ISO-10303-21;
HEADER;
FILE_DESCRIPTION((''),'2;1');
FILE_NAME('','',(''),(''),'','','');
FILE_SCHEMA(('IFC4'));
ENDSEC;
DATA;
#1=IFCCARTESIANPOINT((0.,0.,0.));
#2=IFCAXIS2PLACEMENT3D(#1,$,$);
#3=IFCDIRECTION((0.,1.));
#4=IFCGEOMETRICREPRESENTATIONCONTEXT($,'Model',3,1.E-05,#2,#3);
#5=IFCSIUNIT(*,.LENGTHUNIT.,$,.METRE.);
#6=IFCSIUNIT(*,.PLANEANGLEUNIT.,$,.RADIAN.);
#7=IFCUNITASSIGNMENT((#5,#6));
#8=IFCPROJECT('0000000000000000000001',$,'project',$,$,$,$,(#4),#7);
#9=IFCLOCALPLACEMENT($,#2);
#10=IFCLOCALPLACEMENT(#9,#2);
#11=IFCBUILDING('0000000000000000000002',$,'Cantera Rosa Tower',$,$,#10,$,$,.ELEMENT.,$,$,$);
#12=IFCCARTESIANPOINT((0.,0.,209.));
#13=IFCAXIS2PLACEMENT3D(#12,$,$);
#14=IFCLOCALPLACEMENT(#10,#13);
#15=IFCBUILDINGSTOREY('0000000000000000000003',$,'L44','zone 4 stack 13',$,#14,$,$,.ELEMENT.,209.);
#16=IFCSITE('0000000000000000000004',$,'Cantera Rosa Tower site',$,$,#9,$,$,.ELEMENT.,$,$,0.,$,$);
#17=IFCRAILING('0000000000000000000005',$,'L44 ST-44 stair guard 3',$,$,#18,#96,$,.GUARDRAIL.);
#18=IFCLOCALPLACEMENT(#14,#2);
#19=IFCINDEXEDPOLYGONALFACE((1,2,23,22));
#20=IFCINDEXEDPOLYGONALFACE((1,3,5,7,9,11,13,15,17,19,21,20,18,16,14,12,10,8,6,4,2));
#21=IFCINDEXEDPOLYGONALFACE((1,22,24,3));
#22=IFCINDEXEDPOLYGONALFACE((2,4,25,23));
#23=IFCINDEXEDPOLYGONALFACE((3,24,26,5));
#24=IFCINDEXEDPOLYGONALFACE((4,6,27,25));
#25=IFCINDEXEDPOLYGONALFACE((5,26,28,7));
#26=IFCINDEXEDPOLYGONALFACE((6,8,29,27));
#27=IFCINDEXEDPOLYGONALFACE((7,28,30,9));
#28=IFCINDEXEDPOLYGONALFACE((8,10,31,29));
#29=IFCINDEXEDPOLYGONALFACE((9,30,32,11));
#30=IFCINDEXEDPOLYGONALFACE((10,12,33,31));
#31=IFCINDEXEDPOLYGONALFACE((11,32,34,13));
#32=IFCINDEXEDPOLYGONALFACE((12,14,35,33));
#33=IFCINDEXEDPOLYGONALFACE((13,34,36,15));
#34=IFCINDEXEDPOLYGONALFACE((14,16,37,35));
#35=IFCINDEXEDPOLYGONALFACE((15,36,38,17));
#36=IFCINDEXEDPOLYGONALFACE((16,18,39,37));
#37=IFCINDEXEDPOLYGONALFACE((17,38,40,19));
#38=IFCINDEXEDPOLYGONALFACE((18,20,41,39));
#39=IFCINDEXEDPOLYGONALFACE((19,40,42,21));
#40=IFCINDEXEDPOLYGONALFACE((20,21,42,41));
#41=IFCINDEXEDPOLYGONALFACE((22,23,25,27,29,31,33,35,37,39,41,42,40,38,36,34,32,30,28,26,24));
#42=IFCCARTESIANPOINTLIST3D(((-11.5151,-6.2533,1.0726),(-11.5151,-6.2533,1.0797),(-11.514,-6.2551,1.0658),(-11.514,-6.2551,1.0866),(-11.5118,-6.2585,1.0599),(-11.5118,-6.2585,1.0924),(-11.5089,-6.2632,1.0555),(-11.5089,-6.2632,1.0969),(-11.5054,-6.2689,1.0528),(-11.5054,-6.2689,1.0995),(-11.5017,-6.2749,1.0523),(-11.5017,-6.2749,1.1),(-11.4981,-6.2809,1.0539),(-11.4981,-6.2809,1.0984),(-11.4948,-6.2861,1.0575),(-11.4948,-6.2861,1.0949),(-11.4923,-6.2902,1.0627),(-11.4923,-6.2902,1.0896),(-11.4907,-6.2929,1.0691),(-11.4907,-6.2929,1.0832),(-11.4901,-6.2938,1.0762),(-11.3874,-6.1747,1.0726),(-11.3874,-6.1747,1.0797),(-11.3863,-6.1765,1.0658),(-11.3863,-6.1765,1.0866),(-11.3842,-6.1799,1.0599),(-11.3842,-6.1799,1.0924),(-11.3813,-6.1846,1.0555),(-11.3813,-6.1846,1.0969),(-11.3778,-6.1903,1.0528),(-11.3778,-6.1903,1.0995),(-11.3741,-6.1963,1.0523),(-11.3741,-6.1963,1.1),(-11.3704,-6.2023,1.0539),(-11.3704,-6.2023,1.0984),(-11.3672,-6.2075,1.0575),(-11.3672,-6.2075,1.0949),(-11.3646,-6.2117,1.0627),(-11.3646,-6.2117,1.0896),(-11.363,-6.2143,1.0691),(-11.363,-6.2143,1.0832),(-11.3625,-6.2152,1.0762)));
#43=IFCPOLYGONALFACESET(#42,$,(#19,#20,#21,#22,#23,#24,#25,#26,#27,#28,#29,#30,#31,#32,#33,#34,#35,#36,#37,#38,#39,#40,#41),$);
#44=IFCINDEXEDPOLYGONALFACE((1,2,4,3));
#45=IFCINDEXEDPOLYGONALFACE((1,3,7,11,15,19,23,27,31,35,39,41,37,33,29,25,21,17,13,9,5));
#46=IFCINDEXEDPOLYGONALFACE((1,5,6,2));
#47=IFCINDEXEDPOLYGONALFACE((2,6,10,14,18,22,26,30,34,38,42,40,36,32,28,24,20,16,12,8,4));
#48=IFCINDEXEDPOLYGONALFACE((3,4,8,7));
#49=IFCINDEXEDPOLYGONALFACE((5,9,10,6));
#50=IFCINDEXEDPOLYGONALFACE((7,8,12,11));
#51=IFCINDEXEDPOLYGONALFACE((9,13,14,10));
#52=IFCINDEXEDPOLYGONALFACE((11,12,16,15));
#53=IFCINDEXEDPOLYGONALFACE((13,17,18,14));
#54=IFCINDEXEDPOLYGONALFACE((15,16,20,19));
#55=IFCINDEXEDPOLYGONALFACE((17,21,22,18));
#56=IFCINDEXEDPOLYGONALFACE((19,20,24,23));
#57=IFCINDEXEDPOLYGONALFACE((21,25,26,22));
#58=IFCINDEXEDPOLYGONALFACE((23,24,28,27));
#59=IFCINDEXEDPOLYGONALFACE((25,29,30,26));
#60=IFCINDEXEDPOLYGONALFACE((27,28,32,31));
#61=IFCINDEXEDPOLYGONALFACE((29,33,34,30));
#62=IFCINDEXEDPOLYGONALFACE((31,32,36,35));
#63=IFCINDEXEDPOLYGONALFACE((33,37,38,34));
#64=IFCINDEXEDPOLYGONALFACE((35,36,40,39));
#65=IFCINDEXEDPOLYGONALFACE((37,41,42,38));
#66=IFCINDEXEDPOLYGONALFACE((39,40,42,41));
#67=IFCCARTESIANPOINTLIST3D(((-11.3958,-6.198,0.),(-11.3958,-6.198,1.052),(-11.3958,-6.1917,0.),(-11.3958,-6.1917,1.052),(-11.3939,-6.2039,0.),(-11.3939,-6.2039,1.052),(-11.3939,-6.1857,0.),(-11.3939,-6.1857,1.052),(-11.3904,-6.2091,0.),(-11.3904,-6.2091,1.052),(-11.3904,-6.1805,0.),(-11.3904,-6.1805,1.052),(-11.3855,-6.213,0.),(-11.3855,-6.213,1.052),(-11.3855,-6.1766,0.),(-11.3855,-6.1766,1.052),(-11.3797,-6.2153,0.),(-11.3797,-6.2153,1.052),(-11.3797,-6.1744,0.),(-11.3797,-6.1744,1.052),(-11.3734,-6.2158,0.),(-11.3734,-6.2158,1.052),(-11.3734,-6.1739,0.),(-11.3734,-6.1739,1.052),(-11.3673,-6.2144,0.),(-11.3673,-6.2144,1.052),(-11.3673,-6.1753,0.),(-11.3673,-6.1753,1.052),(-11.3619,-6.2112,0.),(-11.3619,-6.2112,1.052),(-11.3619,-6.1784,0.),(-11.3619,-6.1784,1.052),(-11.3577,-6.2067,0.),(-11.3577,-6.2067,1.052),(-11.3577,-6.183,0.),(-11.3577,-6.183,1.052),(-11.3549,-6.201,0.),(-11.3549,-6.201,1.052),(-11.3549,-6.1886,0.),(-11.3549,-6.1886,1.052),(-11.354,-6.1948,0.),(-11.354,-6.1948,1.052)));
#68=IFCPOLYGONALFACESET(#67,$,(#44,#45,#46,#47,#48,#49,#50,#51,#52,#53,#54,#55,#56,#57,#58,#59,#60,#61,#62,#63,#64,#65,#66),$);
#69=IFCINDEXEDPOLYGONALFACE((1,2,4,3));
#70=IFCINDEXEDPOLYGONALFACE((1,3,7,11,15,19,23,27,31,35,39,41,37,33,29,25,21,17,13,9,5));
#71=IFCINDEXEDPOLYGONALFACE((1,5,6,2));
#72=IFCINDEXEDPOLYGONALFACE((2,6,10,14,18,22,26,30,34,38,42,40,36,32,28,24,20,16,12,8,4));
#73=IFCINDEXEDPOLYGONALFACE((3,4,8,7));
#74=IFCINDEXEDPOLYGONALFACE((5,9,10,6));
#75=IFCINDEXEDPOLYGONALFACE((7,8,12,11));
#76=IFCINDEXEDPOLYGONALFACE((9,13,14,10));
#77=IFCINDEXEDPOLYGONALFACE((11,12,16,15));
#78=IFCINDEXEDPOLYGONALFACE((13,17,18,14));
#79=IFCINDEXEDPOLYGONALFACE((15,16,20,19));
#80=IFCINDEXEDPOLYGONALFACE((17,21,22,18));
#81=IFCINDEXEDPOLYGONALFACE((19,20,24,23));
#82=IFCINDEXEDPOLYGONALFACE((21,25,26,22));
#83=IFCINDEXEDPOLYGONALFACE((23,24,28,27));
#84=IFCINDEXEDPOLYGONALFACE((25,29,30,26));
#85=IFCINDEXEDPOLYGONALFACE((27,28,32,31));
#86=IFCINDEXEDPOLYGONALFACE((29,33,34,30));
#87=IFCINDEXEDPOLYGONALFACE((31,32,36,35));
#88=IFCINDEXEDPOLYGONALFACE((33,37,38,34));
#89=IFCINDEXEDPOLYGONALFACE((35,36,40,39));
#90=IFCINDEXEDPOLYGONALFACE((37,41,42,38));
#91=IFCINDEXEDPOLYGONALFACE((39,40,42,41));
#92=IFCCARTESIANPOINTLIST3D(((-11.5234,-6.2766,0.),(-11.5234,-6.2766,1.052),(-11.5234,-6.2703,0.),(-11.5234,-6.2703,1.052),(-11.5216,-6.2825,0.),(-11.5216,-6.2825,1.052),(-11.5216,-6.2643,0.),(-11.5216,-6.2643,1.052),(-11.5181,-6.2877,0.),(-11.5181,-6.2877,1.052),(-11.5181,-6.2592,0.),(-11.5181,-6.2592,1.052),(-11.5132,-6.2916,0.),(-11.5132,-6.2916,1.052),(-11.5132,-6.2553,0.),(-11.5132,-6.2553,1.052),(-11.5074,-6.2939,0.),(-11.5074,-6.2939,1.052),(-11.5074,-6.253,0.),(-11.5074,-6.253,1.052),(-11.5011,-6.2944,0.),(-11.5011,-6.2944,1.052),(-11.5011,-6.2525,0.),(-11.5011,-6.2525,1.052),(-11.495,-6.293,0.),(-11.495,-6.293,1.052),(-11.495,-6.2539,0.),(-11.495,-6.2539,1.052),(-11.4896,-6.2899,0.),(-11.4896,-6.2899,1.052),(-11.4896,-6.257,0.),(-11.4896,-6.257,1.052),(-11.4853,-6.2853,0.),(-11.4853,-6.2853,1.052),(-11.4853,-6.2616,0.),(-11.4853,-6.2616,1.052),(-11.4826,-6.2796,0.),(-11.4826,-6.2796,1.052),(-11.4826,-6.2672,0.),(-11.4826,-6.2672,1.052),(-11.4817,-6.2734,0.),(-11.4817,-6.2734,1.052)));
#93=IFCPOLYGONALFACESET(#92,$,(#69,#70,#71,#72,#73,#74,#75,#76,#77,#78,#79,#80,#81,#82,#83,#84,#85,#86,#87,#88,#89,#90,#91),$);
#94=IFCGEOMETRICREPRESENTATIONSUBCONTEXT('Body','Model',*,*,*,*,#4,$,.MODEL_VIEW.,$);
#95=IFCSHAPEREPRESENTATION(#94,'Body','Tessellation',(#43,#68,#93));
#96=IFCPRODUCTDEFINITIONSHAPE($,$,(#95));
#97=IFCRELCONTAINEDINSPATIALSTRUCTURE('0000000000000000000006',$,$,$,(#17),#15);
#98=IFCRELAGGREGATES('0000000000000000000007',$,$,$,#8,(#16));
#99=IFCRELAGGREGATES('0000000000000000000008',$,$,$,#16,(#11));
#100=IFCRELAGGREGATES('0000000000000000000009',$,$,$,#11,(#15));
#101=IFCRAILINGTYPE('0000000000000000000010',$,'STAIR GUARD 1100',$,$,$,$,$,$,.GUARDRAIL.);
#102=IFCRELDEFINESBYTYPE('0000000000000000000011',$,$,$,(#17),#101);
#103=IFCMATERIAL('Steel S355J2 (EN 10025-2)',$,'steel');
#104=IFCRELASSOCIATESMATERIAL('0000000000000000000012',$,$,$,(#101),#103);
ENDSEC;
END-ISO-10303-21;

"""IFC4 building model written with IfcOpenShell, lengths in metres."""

from ifc_helpers import new_model, si_unit, direction, frame, origin, origin_2d, place, context, subcontext, project, spatial, circle, extrude, material, type_object, element, save


model = new_model("IFC4")

# Units and contexts
model_context = context("Model", 3, precision=1e-05, world=origin(), true_north=direction((0.0, 1.0)))
body_context = subcontext(model_context, "Body", "Model", "MODEL_VIEW")
ifc_project = project(units=[si_unit("LENGTHUNIT", "METRE"), si_unit("PLANEANGLEUNIT", "RADIAN")], contexts=[model_context])

# Site, building, storey
site_placement = place(None, origin())
site = spatial("IfcSite", under=ifc_project, at=site_placement, Name="Cantera Rosa Tower site", CompositionType="ELEMENT", RefElevation=0.0)
building_placement = place(site_placement, origin())
building = spatial("IfcBuilding", under=site, at=building_placement, Name="Cantera Rosa Tower", CompositionType="ELEMENT")
storey_placement = place(building_placement, frame((0.0, 0.0, 209.0)))
storey = spatial("IfcBuildingStorey", under=building, at=storey_placement, Name="L44", Description="zone 4 stack 13", CompositionType="ELEMENT", Elevation=209.0)

# Railing
ifc_material_1 = material(Name="Steel S355J2 (EN 10025-2)", Category="steel")
railing_type_1 = type_object("IfcRailingType", Name="STAIR GUARD 1100", PredefinedType="GUARDRAIL", material=ifc_material_1)
railing_1_placement = place(storey_placement, frame((-11.375, -6.1948, 0.0)))
element("IfcRailing", 1, at=railing_1_placement, inside=storey, type_object=railing_type_1, Name="L44 ST-44 stair guard 3", PredefinedType="GUARDRAIL", context=body_context, shape_type="SweptSolid", body=[
    extrude(circle(Radius=0.0239, at=origin_2d()), frame((0.0, 0.0, 1.0762), z_axis=(-0.851546, -0.524279, 0.0), x_axis=(0.524279, -0.851546, 0.0)), (0.0, 0.0, 1.0), 0.1499),
    extrude(circle(Radius=0.021, at=origin_2d()), origin(), (0.0, 0.0, 1.0), 1.052),
    extrude(circle(Radius=0.021, at=origin_2d()), frame((-0.1277, -0.0786, 0.0)), (0.0, 0.0, 1.0), 1.052),
])

save(model, "model.ifc")
